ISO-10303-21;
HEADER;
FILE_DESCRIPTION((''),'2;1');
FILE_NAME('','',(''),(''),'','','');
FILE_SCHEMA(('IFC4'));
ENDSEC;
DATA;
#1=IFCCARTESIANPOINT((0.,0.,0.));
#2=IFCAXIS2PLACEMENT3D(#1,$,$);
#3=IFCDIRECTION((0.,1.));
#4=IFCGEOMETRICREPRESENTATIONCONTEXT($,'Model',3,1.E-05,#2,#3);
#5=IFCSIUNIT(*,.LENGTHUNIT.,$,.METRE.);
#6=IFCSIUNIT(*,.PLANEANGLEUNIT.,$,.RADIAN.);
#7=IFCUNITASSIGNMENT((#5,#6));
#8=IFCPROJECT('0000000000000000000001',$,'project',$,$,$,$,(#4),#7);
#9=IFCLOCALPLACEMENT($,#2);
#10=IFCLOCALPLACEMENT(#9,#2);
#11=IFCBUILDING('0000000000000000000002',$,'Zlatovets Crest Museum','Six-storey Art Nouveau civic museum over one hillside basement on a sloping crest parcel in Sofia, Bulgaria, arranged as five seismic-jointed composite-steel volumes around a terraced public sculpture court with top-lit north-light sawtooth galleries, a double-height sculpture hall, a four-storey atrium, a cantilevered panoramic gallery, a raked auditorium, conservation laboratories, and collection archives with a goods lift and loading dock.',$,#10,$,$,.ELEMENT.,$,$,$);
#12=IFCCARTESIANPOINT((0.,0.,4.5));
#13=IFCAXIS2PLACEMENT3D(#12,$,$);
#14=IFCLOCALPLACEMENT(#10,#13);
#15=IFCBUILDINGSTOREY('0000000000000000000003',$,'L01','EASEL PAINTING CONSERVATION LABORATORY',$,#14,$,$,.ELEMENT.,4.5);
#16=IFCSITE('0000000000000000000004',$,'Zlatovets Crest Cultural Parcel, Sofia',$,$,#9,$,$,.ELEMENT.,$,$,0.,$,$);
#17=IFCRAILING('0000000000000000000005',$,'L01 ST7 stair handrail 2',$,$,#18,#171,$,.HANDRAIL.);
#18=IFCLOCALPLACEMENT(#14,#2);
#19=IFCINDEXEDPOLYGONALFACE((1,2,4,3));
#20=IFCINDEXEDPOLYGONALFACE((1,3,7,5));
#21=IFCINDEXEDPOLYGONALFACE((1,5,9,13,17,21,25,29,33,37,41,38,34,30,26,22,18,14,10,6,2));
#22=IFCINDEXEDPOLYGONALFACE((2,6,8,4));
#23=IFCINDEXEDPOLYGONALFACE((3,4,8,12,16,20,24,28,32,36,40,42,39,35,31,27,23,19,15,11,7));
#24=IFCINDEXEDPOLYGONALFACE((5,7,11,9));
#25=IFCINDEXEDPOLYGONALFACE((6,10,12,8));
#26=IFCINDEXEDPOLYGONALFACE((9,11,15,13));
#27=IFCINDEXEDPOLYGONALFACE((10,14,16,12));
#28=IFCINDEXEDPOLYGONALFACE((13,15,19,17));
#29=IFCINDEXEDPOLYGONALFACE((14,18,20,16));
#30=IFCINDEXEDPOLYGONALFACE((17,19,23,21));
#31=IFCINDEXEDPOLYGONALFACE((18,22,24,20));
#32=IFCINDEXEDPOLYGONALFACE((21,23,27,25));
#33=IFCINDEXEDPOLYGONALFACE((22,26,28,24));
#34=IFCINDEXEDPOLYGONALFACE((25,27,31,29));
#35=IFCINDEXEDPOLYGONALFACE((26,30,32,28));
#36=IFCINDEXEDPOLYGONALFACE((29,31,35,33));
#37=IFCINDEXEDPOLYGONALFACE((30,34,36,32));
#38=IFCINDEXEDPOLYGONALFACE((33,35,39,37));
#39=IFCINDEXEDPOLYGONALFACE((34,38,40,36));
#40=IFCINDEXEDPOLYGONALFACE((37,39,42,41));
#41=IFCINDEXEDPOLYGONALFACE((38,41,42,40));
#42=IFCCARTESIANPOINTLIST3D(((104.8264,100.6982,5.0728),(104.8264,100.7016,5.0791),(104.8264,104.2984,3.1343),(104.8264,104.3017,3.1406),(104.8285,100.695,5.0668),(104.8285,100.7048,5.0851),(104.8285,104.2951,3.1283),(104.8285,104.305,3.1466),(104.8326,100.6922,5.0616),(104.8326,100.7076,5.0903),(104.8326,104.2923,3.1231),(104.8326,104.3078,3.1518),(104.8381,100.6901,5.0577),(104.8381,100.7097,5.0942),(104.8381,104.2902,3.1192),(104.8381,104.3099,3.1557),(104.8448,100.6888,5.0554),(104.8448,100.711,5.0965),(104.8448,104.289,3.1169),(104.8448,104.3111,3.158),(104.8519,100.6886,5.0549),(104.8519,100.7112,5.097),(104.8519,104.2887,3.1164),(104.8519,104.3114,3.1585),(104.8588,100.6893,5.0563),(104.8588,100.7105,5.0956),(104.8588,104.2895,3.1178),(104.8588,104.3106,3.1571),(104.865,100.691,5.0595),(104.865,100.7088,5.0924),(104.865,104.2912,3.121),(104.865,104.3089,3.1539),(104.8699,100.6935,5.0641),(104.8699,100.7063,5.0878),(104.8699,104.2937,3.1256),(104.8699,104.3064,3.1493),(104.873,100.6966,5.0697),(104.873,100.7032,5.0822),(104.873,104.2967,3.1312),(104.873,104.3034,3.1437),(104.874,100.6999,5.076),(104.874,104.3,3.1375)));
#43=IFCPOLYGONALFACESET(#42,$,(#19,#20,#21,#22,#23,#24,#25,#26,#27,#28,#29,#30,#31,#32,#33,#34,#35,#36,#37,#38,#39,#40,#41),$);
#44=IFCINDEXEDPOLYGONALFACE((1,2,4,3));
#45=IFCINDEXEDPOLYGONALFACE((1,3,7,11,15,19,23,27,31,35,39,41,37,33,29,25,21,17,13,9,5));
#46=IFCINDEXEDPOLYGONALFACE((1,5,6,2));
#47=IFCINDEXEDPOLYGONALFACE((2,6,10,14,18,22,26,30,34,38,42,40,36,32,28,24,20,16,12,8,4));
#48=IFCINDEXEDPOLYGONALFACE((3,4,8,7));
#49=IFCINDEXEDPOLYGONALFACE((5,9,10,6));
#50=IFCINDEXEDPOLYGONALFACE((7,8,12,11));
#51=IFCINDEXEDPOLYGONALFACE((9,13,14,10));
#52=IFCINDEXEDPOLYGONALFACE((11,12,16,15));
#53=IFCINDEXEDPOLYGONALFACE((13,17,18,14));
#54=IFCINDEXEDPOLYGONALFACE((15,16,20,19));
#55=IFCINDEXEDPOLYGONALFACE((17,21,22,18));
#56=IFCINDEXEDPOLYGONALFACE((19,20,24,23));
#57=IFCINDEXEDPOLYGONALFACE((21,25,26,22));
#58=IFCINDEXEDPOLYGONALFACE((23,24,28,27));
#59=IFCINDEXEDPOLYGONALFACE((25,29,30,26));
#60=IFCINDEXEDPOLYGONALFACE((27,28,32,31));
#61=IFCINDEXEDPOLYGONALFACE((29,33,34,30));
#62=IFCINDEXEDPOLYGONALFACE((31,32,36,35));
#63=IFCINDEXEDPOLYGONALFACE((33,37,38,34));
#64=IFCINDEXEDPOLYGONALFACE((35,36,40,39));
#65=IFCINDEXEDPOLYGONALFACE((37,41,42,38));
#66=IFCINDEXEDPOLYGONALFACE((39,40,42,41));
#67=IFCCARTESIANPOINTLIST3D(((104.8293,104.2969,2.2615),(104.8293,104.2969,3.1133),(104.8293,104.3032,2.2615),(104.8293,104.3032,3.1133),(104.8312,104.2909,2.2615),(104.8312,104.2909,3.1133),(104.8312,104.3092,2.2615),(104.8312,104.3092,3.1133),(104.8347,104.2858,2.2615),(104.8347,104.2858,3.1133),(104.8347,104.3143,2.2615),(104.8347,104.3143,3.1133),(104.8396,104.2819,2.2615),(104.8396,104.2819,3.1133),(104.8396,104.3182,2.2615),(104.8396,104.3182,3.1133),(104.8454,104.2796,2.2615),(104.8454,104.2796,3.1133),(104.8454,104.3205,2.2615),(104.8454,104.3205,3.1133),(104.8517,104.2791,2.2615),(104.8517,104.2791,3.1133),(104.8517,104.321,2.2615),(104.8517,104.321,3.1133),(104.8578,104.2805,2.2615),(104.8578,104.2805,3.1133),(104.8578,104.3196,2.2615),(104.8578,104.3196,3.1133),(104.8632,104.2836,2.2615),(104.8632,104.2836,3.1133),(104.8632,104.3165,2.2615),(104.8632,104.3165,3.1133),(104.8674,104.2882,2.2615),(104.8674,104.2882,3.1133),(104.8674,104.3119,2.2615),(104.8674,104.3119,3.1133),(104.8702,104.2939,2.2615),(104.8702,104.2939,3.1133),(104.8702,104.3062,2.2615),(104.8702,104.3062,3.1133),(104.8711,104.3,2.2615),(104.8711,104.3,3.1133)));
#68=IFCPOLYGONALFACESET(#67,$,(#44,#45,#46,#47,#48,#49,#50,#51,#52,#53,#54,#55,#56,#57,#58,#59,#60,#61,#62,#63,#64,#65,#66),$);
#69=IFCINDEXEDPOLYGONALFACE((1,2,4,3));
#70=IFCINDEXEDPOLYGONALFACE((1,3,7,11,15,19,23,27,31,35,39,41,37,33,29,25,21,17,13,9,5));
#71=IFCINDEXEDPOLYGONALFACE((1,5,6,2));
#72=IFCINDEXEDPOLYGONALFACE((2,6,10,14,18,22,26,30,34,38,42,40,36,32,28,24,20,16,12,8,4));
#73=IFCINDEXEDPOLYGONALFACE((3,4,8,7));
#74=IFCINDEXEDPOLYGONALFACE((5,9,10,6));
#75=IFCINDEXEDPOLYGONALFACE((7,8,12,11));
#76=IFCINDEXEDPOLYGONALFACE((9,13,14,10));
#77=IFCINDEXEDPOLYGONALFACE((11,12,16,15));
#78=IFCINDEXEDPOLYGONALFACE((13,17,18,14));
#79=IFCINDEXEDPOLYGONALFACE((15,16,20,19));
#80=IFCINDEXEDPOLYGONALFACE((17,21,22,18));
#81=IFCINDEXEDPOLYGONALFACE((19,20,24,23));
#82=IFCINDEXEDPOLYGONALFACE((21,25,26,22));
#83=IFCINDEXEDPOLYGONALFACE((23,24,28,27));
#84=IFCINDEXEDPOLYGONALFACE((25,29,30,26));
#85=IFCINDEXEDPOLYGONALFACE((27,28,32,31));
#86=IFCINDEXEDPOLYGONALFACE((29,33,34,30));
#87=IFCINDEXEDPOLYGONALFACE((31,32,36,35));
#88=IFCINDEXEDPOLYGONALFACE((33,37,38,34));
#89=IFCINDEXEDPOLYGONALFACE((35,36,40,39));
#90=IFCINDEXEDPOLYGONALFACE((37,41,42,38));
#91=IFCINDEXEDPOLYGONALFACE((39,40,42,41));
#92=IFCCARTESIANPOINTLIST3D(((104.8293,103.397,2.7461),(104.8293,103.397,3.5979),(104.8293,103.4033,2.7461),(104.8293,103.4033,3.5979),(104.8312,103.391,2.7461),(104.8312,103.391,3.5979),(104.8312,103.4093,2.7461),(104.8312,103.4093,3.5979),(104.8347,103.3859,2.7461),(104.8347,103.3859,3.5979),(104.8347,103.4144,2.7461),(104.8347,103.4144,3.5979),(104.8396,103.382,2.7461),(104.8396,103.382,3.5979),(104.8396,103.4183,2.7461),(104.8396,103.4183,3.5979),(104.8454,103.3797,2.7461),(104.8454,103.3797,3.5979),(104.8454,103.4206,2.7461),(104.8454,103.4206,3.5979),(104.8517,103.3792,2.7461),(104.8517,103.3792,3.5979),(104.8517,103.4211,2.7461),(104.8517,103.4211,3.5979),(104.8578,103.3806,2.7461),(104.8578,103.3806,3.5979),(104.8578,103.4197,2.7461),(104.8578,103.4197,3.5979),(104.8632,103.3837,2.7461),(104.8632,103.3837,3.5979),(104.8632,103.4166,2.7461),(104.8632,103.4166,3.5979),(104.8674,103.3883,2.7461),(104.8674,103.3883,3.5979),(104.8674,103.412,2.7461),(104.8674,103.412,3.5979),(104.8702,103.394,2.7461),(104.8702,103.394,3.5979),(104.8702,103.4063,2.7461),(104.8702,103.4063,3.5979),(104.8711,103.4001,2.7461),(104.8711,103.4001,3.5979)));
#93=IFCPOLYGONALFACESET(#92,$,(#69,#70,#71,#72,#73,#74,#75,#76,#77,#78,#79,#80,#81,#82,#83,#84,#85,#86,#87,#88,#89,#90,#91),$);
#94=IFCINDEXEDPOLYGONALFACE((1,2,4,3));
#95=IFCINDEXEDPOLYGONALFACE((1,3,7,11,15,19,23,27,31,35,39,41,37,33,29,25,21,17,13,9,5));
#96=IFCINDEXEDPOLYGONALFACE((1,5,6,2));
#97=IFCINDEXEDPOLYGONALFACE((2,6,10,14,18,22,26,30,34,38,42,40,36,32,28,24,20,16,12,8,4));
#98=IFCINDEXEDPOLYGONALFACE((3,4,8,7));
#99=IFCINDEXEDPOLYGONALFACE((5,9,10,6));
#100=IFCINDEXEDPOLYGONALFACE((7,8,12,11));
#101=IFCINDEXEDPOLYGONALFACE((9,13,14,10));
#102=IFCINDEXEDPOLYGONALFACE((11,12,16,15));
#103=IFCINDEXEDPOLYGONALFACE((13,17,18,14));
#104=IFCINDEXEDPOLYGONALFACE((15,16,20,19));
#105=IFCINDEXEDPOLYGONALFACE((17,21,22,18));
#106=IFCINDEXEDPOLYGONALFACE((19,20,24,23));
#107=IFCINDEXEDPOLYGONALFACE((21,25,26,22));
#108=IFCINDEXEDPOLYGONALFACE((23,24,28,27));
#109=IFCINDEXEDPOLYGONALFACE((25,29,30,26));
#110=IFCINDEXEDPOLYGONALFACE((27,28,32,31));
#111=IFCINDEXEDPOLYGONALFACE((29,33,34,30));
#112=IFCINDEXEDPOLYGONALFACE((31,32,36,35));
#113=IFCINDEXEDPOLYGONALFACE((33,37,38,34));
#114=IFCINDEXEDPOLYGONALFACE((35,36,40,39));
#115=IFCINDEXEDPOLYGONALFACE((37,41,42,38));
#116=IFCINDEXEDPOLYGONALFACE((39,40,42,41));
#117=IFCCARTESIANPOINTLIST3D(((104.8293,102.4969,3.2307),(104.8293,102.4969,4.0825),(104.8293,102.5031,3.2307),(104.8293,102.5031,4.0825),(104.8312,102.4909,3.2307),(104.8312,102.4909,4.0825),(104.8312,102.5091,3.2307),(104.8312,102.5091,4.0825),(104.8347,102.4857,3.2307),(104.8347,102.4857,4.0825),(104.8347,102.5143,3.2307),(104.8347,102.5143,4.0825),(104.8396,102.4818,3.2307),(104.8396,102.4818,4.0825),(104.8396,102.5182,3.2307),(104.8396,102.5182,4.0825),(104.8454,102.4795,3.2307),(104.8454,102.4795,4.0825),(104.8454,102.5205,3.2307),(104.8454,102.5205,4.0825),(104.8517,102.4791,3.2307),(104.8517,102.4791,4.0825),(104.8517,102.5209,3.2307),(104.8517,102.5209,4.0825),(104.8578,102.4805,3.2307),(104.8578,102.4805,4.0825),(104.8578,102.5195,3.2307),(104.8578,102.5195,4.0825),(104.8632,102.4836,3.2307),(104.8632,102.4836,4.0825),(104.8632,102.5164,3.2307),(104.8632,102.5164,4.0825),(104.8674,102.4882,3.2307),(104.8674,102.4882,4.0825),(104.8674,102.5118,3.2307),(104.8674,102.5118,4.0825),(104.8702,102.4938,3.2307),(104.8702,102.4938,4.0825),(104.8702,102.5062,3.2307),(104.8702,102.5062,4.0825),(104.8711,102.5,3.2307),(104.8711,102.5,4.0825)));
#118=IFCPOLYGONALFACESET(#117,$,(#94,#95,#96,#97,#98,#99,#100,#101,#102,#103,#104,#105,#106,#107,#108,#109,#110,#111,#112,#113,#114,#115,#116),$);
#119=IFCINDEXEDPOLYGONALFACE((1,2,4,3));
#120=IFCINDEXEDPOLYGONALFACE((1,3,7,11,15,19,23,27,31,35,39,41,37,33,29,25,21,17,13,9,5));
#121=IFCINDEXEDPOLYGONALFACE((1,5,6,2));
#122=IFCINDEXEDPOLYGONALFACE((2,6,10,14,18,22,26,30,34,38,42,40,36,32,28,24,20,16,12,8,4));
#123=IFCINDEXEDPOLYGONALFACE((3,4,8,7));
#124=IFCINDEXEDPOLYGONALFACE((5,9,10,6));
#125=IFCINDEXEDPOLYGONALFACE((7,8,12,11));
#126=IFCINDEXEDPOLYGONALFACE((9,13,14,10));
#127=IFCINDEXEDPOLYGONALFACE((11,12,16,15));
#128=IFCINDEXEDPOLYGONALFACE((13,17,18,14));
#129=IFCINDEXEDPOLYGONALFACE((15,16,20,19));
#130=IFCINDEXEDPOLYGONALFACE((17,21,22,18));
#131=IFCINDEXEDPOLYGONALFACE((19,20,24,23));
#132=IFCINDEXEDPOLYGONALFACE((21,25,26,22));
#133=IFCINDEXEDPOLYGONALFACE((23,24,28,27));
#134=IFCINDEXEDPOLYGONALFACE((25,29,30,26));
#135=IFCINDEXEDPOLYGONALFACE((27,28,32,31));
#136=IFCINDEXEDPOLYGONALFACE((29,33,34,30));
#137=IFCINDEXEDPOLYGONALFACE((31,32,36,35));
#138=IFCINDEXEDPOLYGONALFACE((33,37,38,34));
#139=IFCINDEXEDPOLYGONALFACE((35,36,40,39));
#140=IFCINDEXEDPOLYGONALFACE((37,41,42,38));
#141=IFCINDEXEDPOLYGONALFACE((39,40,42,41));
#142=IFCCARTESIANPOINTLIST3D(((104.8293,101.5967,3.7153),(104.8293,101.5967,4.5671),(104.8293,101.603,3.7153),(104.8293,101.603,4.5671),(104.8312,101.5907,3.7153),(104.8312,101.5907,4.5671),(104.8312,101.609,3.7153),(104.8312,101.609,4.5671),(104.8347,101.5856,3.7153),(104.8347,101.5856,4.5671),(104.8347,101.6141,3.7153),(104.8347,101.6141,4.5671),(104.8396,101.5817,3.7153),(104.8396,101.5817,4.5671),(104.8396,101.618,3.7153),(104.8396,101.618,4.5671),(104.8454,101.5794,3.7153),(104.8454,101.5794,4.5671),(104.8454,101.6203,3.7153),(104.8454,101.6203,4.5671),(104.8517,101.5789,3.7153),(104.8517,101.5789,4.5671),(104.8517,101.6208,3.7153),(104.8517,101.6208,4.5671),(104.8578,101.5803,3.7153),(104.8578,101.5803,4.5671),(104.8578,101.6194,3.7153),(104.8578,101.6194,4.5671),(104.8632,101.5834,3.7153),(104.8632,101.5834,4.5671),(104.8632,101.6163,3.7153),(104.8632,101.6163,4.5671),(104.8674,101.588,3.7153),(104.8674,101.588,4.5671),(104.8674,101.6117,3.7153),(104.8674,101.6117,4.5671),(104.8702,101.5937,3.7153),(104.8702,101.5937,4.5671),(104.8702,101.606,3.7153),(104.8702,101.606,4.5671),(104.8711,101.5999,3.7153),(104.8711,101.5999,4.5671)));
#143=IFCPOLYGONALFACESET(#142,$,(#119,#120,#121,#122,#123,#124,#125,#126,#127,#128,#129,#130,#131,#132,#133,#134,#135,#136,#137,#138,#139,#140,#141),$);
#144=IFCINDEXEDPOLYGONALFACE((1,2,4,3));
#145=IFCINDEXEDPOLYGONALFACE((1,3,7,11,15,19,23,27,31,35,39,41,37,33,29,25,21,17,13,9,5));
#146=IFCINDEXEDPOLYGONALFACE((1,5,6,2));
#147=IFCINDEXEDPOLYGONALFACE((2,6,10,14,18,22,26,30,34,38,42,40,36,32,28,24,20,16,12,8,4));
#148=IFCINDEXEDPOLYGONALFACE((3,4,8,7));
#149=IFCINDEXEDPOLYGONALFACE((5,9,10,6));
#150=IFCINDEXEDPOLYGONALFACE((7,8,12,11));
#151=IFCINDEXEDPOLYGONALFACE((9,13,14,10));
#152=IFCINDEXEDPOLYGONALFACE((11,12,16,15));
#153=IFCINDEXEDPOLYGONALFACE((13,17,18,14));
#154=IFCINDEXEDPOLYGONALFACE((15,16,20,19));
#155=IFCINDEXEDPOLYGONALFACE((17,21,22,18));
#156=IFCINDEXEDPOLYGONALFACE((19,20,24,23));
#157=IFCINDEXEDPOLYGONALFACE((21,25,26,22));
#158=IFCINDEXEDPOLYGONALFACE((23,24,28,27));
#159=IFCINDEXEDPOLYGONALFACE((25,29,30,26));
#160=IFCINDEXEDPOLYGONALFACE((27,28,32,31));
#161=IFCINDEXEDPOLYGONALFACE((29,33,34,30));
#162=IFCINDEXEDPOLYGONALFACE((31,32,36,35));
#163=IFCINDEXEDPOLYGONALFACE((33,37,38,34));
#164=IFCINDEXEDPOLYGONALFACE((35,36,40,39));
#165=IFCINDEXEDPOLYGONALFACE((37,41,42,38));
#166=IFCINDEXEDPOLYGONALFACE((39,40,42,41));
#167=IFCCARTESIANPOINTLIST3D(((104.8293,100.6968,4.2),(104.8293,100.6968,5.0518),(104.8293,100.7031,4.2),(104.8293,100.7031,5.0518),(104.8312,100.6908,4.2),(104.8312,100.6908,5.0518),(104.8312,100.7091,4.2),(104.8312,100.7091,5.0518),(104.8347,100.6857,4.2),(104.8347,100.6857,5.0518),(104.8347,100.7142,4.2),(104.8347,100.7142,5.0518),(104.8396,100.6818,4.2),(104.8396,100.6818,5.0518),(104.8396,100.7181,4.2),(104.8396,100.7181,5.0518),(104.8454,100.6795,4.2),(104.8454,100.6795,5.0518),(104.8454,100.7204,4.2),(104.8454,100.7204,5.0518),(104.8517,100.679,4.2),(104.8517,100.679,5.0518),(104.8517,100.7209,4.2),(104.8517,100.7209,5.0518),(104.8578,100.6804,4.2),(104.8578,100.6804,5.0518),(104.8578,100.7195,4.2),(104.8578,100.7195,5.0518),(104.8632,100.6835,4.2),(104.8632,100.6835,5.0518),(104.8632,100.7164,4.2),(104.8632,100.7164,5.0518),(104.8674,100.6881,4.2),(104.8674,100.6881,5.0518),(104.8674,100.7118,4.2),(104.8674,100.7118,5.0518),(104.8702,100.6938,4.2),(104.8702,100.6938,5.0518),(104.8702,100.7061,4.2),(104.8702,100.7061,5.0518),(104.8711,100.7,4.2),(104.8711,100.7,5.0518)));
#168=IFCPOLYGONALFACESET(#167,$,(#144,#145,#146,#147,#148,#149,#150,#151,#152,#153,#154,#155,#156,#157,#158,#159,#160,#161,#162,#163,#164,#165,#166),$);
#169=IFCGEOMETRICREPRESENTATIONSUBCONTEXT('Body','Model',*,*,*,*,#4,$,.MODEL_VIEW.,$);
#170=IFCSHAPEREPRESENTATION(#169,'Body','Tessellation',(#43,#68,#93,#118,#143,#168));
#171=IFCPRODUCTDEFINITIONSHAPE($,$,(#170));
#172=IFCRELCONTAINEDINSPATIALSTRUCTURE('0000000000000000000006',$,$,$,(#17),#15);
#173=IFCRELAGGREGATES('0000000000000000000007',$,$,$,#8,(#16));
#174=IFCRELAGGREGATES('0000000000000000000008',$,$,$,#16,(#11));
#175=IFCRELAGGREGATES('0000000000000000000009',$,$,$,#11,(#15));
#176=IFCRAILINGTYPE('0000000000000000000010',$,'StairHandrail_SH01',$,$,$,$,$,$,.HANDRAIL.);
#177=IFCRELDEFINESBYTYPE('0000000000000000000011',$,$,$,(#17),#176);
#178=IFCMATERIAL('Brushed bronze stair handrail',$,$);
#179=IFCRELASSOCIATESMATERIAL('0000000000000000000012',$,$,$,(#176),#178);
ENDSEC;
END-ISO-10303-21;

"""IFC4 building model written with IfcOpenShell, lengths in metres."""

from ifc_helpers import new_model, si_unit, direction, frame, origin, origin_2d, place, context, subcontext, project, spatial, circle, extrude, material, type_object, element, save


model = new_model("IFC4")

# Units and contexts
model_context = context("Model", 3, precision=1e-05, world=origin(), true_north=direction((0.0, 1.0)))
body_context = subcontext(model_context, "Body", "Model", "MODEL_VIEW")
ifc_project = project(units=[si_unit("LENGTHUNIT", "METRE"), si_unit("PLANEANGLEUNIT", "RADIAN")], contexts=[model_context])

# Site, building, storey
site_placement = place(None, origin())
site = spatial("IfcSite", under=ifc_project, at=site_placement, Name="Zlatovets Crest Cultural Parcel, Sofia", CompositionType="ELEMENT", RefElevation=0.0)
building_placement = place(site_placement, origin())
building = spatial("IfcBuilding", under=site, at=building_placement, Name="Zlatovets Crest Museum", Description="Six-storey Art Nouveau civic museum over one hillside basement on a sloping crest parcel in Sofia, Bulgaria, arranged as five seismic-jointed composite-steel volumes around a terraced public sculpture court with top-lit north-light sawtooth galleries, a double-height sculpture hall, a four-storey atrium, a cantilevered panoramic gallery, a raked auditorium, conservation laboratories, and collection archives with a goods lift and loading dock.", CompositionType="ELEMENT")
storey_placement = place(building_placement, frame((0.0, 0.0, 4.5)))
storey = spatial("IfcBuildingStorey", under=building, at=storey_placement, Name="L01", Description="EASEL PAINTING CONSERVATION LABORATORY", CompositionType="ELEMENT", Elevation=4.5)

# Railing
ifc_material_1 = material(Name="Brushed bronze stair handrail")
railing_type_1 = type_object("IfcRailingType", Name="StairHandrail_SH01", PredefinedType="HANDRAIL", material=ifc_material_1)
railing_1_placement = place(storey_placement, frame((104.8501, 104.3, 2.2615)))
element("IfcRailing", 1, at=railing_1_placement, inside=storey, type_object=railing_type_1, Name="L01 ST7 stair handrail 2", PredefinedType="HANDRAIL", context=body_context, shape_type="SweptSolid", body=[
    extrude(circle(Radius=0.0239, at=origin_2d()), frame((0.0, 0.0, 0.876), z_axis=(0.0, -0.880475, 0.474093), x_axis=(1.0, 0.0, 0.0)), (0.0, 0.0, 1.0), 4.0889),
    extrude(circle(Radius=0.021, at=origin_2d()), origin(), (0.0, 0.0, 1.0), 0.8518),
    extrude(circle(Radius=0.021, at=origin_2d()), frame((0.0, -0.8999, 0.4846)), (0.0, 0.0, 1.0), 0.8518),
    extrude(circle(Radius=0.021, at=origin_2d()), frame((0.0, -1.8, 0.9692)), (0.0, 0.0, 1.0), 0.8518),
    extrude(circle(Radius=0.021, at=origin_2d()), frame((0.0, -2.7002, 1.4539)), (0.0, 0.0, 1.0), 0.8518),
    extrude(circle(Radius=0.021, at=origin_2d()), frame((0.0, -3.6001, 1.9385)), (0.0, 0.0, 1.0), 0.8518),
])

save(model, "model.ifc")
